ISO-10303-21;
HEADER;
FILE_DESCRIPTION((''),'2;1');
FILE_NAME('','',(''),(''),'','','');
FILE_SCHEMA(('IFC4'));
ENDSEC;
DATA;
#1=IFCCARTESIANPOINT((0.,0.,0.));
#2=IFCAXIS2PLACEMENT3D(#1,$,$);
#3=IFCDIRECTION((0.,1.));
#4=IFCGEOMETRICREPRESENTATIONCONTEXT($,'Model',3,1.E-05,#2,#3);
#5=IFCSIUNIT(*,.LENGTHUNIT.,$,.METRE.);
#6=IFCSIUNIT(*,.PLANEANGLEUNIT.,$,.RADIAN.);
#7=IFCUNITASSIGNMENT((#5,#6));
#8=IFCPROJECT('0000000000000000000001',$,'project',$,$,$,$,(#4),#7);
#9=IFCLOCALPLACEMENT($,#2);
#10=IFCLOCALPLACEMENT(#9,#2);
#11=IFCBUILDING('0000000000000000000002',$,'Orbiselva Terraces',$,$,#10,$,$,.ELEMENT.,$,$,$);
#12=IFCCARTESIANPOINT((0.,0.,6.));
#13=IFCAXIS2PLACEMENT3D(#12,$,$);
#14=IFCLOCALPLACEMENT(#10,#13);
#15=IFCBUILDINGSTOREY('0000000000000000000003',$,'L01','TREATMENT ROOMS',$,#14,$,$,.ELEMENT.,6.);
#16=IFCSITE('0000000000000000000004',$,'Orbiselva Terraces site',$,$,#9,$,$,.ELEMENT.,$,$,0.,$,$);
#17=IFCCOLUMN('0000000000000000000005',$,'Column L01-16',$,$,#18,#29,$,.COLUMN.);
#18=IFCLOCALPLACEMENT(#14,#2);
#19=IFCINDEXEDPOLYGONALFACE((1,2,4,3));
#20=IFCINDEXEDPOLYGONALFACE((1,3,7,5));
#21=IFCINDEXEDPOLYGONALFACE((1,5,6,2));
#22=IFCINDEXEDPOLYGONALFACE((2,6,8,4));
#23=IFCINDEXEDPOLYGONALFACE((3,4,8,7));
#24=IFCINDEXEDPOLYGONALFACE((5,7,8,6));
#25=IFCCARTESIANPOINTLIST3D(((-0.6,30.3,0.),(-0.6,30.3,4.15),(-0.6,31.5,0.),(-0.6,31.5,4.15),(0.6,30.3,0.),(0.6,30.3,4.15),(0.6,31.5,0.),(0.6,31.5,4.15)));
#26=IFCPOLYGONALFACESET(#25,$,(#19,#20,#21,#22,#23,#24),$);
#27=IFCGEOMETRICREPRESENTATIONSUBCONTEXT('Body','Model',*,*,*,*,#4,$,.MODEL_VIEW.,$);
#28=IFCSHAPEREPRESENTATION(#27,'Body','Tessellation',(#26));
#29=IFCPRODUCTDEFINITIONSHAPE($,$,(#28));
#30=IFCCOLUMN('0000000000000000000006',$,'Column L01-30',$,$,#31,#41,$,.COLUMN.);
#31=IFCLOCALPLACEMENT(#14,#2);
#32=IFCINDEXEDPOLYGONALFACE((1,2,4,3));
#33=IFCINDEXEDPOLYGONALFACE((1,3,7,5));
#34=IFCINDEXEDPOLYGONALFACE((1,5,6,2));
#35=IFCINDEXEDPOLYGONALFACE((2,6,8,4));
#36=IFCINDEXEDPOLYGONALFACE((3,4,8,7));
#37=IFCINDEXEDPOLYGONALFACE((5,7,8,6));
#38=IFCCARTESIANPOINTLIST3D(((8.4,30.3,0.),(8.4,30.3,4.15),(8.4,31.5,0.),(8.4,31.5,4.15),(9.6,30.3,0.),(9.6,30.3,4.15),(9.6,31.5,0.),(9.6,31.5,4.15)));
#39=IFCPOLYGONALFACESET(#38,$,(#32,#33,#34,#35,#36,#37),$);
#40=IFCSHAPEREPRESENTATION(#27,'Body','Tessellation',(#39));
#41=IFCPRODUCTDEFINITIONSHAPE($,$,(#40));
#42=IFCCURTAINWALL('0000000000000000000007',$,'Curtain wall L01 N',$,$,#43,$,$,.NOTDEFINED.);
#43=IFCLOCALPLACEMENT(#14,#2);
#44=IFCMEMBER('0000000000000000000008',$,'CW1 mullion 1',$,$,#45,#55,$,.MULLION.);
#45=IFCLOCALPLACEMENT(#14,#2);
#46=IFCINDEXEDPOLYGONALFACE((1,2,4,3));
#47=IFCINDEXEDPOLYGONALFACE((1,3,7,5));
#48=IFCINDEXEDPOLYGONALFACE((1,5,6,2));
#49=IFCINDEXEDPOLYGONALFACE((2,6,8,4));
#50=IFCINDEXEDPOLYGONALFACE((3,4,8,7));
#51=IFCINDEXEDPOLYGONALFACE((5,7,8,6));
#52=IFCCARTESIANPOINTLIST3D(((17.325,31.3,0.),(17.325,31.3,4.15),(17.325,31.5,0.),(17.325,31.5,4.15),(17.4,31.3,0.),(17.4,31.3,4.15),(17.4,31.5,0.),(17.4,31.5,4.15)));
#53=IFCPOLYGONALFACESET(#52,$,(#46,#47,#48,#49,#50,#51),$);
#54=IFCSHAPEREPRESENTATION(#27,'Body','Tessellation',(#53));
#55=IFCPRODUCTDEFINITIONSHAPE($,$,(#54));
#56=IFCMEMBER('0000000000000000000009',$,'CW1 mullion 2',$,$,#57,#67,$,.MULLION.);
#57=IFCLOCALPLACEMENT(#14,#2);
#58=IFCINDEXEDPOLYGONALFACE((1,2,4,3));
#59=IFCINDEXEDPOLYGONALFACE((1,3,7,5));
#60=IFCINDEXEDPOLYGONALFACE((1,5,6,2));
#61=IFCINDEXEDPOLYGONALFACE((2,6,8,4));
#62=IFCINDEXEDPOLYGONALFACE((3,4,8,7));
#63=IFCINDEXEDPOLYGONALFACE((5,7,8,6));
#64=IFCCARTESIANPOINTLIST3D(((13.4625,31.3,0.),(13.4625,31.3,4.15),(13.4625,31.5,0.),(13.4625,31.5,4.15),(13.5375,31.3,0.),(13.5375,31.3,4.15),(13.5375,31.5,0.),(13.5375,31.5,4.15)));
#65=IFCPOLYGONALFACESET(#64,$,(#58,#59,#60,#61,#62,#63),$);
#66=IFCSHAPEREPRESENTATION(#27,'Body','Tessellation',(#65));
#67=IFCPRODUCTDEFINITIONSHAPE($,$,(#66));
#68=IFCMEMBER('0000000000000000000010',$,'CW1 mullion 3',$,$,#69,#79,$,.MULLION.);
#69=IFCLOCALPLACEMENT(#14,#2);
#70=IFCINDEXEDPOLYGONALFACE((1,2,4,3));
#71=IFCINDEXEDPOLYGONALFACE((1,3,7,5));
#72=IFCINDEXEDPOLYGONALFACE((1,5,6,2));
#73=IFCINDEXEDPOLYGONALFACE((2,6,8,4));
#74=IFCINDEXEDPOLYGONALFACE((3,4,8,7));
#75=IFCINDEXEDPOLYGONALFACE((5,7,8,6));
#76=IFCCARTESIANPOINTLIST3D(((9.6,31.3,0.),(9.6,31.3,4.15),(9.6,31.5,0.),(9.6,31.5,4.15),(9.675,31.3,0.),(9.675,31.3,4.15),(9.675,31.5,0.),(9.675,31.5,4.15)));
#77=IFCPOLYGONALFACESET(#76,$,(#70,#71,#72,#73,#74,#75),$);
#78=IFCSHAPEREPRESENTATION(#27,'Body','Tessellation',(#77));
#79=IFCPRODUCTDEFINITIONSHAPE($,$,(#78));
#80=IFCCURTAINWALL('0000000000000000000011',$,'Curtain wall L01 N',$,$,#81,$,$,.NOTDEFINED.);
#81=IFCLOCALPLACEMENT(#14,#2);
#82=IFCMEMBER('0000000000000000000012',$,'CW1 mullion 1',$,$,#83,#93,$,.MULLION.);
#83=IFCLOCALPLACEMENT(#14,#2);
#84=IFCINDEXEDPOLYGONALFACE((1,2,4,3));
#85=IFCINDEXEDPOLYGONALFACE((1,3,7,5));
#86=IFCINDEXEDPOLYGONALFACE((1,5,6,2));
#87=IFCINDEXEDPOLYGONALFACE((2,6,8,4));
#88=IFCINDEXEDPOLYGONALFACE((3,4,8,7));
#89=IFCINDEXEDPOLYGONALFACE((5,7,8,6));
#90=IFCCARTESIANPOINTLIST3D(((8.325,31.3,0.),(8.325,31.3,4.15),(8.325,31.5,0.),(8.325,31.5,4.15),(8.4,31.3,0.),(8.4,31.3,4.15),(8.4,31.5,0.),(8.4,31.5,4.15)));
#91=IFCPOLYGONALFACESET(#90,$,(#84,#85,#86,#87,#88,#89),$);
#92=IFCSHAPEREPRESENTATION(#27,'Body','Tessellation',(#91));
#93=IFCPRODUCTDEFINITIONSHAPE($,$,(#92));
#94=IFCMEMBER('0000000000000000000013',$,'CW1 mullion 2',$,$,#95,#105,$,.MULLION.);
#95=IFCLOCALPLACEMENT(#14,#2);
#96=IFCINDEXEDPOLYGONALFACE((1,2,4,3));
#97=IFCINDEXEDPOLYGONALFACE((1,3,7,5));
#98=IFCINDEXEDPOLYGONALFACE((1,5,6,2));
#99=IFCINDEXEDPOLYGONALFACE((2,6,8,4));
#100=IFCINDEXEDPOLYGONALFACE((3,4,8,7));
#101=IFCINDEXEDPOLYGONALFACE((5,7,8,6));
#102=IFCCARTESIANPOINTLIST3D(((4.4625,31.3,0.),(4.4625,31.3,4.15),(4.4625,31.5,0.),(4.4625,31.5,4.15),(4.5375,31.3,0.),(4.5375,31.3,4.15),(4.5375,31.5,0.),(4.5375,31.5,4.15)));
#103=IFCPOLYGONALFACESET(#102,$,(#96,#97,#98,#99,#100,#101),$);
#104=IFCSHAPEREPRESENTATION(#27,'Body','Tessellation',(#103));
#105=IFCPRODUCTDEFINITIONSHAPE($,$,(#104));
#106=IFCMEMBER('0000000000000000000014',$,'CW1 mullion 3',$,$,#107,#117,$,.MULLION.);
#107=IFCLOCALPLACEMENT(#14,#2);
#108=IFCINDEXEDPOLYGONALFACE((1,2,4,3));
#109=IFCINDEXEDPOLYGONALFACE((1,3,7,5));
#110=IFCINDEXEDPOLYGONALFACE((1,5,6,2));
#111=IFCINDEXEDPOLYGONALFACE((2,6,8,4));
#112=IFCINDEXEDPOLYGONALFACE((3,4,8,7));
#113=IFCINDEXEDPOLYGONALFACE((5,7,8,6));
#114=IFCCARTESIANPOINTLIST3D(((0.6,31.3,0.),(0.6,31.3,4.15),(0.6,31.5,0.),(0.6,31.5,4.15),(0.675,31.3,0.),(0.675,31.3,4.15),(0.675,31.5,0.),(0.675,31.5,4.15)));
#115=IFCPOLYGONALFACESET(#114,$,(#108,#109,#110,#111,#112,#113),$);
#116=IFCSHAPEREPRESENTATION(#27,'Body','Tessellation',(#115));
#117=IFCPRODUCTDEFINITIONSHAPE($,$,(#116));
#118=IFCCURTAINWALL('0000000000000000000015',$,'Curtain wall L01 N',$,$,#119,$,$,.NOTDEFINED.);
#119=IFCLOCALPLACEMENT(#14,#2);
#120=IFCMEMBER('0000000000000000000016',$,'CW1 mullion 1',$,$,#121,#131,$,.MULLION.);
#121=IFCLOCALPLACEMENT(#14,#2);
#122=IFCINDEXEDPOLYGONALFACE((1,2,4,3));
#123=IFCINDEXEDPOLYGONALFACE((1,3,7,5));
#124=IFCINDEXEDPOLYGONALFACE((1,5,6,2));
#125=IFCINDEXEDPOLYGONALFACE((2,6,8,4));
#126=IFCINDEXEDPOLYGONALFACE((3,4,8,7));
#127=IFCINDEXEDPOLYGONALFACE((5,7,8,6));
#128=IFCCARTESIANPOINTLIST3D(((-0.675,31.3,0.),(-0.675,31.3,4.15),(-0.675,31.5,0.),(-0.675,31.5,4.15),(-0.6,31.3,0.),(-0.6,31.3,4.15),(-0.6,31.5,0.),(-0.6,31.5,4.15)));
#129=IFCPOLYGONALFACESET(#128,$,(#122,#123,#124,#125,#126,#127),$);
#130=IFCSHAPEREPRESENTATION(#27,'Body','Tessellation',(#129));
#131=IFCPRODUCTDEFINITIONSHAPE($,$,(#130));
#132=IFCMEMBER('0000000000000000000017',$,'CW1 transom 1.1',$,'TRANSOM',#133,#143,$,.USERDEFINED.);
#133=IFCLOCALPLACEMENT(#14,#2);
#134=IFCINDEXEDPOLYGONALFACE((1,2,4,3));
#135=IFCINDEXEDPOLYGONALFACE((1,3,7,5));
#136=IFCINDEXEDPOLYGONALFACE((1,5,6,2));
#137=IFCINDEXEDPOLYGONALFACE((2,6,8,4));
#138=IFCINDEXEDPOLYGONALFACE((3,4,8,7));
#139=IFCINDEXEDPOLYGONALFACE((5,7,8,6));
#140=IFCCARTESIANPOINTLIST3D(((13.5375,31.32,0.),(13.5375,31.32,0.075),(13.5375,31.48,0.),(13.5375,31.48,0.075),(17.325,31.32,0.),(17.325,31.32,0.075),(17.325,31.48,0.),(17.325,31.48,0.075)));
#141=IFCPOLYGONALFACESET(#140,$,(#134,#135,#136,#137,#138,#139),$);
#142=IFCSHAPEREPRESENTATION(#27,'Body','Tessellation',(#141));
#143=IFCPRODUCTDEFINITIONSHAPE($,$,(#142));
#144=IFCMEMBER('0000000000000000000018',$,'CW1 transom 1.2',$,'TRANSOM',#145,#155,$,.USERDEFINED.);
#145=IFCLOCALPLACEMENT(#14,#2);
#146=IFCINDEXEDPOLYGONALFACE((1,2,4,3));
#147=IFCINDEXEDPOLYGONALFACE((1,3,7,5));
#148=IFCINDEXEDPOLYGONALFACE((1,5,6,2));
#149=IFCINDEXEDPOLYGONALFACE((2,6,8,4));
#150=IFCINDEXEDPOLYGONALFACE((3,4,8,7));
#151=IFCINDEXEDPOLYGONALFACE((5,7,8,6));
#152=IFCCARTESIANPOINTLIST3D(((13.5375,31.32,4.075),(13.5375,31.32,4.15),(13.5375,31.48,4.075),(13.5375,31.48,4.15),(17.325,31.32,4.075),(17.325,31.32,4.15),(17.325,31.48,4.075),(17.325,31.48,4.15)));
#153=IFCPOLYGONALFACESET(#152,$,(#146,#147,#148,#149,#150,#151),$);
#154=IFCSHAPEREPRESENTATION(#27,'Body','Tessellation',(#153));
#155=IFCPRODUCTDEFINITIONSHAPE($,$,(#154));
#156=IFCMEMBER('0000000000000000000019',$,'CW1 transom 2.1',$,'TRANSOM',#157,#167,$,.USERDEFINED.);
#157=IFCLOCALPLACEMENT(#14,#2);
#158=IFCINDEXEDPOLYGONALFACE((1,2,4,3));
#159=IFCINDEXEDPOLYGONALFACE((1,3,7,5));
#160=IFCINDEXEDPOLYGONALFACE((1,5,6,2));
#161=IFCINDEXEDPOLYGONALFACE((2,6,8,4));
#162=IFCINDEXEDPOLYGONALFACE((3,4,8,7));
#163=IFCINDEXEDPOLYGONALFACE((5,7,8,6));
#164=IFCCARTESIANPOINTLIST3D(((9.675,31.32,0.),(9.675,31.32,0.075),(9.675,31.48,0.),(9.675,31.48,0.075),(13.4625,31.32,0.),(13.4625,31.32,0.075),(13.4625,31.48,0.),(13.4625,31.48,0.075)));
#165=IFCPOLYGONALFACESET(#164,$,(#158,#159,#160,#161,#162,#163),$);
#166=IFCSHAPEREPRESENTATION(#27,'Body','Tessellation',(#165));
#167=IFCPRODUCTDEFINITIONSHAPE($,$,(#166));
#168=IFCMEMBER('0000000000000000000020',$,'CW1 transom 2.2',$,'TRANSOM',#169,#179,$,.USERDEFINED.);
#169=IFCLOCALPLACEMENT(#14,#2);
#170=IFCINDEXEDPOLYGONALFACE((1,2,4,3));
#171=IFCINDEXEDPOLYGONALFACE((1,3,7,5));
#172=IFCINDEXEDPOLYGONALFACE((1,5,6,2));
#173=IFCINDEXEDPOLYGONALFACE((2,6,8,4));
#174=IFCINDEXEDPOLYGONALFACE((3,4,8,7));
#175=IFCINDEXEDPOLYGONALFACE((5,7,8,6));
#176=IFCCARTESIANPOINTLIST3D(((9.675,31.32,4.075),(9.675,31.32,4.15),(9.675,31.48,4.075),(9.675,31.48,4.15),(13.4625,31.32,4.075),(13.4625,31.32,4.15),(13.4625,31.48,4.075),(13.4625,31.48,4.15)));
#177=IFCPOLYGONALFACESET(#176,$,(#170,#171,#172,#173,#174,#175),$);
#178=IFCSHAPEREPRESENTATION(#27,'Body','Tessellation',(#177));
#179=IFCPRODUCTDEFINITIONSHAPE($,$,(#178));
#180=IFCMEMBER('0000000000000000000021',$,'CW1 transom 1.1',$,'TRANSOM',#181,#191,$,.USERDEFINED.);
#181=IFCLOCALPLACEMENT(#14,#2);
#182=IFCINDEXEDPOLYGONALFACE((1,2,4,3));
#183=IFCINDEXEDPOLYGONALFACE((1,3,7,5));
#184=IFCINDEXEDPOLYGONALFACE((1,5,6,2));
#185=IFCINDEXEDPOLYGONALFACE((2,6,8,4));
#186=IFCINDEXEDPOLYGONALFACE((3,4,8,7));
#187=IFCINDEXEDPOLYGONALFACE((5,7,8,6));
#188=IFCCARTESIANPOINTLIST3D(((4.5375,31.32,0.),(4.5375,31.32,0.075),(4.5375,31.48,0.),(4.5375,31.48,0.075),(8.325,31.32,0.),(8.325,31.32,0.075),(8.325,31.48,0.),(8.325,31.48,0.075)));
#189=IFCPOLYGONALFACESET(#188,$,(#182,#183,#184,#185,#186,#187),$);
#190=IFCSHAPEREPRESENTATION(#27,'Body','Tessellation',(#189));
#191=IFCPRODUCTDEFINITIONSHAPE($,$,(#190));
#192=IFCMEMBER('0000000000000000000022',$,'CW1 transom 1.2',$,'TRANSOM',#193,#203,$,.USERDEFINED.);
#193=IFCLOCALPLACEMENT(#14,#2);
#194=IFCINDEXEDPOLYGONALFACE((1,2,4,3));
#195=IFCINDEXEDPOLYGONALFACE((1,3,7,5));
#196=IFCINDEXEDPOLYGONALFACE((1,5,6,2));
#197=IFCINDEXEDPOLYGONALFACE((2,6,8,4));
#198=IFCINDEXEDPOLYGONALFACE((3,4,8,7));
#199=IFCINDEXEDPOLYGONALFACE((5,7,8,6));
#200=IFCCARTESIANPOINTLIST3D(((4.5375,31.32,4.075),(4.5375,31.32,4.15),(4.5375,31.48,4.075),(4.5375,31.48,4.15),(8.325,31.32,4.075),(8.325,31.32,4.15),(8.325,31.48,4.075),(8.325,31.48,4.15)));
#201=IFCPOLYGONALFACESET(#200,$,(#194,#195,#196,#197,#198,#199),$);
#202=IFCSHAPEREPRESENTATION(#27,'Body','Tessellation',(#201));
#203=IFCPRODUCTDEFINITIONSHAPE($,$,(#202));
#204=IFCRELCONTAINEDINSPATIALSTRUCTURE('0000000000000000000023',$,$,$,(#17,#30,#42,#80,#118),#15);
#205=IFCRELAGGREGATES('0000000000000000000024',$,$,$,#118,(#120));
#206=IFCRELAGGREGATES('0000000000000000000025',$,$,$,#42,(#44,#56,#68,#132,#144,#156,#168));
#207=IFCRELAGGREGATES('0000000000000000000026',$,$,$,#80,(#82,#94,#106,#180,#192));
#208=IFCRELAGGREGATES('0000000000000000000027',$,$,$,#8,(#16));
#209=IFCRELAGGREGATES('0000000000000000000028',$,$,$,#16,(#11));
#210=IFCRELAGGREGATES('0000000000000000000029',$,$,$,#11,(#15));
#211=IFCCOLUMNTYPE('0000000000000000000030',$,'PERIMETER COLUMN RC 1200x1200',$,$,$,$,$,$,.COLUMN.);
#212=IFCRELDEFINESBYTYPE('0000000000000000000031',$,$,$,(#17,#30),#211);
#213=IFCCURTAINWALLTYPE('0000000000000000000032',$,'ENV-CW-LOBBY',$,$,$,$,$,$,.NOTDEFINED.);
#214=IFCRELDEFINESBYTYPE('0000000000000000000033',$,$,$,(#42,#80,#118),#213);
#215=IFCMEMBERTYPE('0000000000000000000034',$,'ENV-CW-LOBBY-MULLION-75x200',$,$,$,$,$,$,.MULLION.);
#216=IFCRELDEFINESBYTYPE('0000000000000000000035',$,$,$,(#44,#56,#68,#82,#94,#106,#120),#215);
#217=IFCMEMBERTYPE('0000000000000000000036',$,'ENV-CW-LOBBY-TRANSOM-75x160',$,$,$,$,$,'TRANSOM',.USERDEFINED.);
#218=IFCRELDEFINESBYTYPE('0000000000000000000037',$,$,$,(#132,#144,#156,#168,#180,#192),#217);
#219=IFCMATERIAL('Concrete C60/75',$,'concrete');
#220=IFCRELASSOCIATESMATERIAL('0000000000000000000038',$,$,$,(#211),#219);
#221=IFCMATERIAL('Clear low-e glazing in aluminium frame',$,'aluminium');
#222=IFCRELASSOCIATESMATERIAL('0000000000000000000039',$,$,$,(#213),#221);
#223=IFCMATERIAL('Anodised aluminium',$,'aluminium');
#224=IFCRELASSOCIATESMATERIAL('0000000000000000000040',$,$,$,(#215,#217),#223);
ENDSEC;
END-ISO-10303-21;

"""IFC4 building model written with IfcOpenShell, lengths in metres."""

from ifc_helpers import new_model, si_unit, direction, frame, origin, origin_2d, place, context, subcontext, project, spatial, rectangle, extrude, material, material_profile, profile_set, type_object, element, aggregate, save


model = new_model("IFC4")

# Units and contexts
model_context = context("Model", 3, precision=1e-05, world=origin(), true_north=direction((0.0, 1.0)))
body_context = subcontext(model_context, "Body", "Model", "MODEL_VIEW")
ifc_project = project(units=[si_unit("LENGTHUNIT", "METRE"), si_unit("PLANEANGLEUNIT", "RADIAN")], contexts=[model_context])

# Site, building, storey
site_placement = place(None, origin())
site = spatial("IfcSite", under=ifc_project, at=site_placement, Name="Orbiselva Terraces site", CompositionType="ELEMENT", RefElevation=0.0)
building_placement = place(site_placement, origin())
building = spatial("IfcBuilding", under=site, at=building_placement, Name="Orbiselva Terraces", CompositionType="ELEMENT")
storey_placement = place(building_placement, frame((0.0, 0.0, 6.0)))
storey = spatial("IfcBuildingStorey", under=building, at=storey_placement, Name="L01", Description="TREATMENT ROOMS", CompositionType="ELEMENT", Elevation=6.0)

# Columns
ifc_material_1 = material(Name="Concrete C60/75", Category="concrete")
ifc_material_profile_1 = material_profile(ifc_material_1, rectangle(XDim=1.2, YDim=1.2, at=origin_2d()), Name="RC 1200x1200")
ifc_profile_set_1 = profile_set([ifc_material_profile_1], Name="Concrete C60/75")
column_type = type_object("IfcColumnType", Name="PERIMETER COLUMN RC 1200x1200", PredefinedType="COLUMN", material=ifc_profile_set_1)
for number, where, z_axis, x_axis, name in (
    (1, (0.0, 30.9, 0.0), (0.0, 0.0, 1.0), (1.0, 0.0, 0.0), "Column L01-16"),
    (2, (9.0, 30.9, 0.0), (0.0, 0.0, 1.0), (1.0, 0.0, 0.0), "Column L01-30"),
):
    element("IfcColumn", number, at=place(storey_placement, frame(where, z_axis=z_axis, x_axis=x_axis)), inside=storey, type_object=column_type, Name=name, PredefinedType="COLUMN", context=body_context, shape_type="SweptSolid", body=[
        extrude(rectangle(XDim=1.2, YDim=1.2, at=origin_2d()), origin(), (0.0, 0.0, 1.0), 4.15),
    ])

# Curtain walls, members
ifc_material_2 = material(Name="Clear low-e glazing in aluminium frame", Category="aluminium")
curtain_wall_type = type_object("IfcCurtainWallType", Name="ENV-CW-LOBBY", PredefinedType="NOTDEFINED", material=ifc_material_2)
curtain_wall_1_placement = place(storey_placement, origin())
curtain_wall_1 = element("IfcCurtainWall", 3, at=curtain_wall_1_placement, inside=storey, type_object=curtain_wall_type, Name="Curtain wall L01 N", PredefinedType="NOTDEFINED")
ifc_material_3 = material(Name="Anodised aluminium", Category="aluminium")
ifc_material_profile_2 = material_profile(ifc_material_3, rectangle(XDim=0.2, YDim=0.075, at=origin_2d()), Name="AL 75x200")
ifc_profile_set_2 = profile_set([ifc_material_profile_2], Name="Anodised aluminium")
member_type_1 = type_object("IfcMemberType", Name="ENV-CW-LOBBY-MULLION-75x200", PredefinedType="MULLION", material=ifc_profile_set_2)
member_1_placement = place(storey_placement, frame((17.3625, 31.4, 0.0), z_axis=(0.0, 0.0, 1.0), x_axis=(0.0, -1.0, 0.0)))
member_1 = element("IfcMember", 4, at=member_1_placement, type_object=member_type_1, Name="CW1 mullion 1", PredefinedType="MULLION", context=body_context, shape_type="SweptSolid", body=[
    extrude(rectangle(XDim=0.2, YDim=0.075, at=origin_2d()), origin(), (0.0, 0.0, 1.0), 4.15),
])
member_2_placement = place(storey_placement, frame((13.5, 31.4, 0.0), z_axis=(0.0, 0.0, 1.0), x_axis=(0.0, -1.0, 0.0)))
member_2 = element("IfcMember", 5, at=member_2_placement, type_object=member_type_1, Name="CW1 mullion 2", PredefinedType="MULLION", context=body_context, shape_type="SweptSolid", body=[
    extrude(rectangle(XDim=0.2, YDim=0.075, at=origin_2d()), origin(), (0.0, 0.0, 1.0), 4.15),
])
member_3_placement = place(storey_placement, frame((9.6375, 31.4, 0.0), z_axis=(0.0, 0.0, 1.0), x_axis=(0.0, -1.0, 0.0)))
member_3 = element("IfcMember", 6, at=member_3_placement, type_object=member_type_1, Name="CW1 mullion 3", PredefinedType="MULLION", context=body_context, shape_type="SweptSolid", body=[
    extrude(rectangle(XDim=0.2, YDim=0.075, at=origin_2d()), origin(), (0.0, 0.0, 1.0), 4.15),
])
curtain_wall_2_placement = place(storey_placement, origin())
curtain_wall_2 = element("IfcCurtainWall", 7, at=curtain_wall_2_placement, inside=storey, type_object=curtain_wall_type, Name="Curtain wall L01 N", PredefinedType="NOTDEFINED")
member_4_placement = place(storey_placement, frame((8.3625, 31.4, 0.0), z_axis=(0.0, 0.0, 1.0), x_axis=(0.0, -1.0, 0.0)))
member_4 = element("IfcMember", 8, at=member_4_placement, type_object=member_type_1, Name="CW1 mullion 1", PredefinedType="MULLION", context=body_context, shape_type="SweptSolid", body=[
    extrude(rectangle(XDim=0.2, YDim=0.075, at=origin_2d()), origin(), (0.0, 0.0, 1.0), 4.15),
])
member_5_placement = place(storey_placement, frame((4.5, 31.4, 0.0), z_axis=(0.0, 0.0, 1.0), x_axis=(0.0, -1.0, 0.0)))
member_5 = element("IfcMember", 9, at=member_5_placement, type_object=member_type_1, Name="CW1 mullion 2", PredefinedType="MULLION", context=body_context, shape_type="SweptSolid", body=[
    extrude(rectangle(XDim=0.2, YDim=0.075, at=origin_2d()), origin(), (0.0, 0.0, 1.0), 4.15),
])
member_6_placement = place(storey_placement, frame((0.6375, 31.4, 0.0), z_axis=(0.0, 0.0, 1.0), x_axis=(0.0, -1.0, 0.0)))
member_6 = element("IfcMember", 10, at=member_6_placement, type_object=member_type_1, Name="CW1 mullion 3", PredefinedType="MULLION", context=body_context, shape_type="SweptSolid", body=[
    extrude(rectangle(XDim=0.2, YDim=0.075, at=origin_2d()), origin(), (0.0, 0.0, 1.0), 4.15),
])

# Curtain wall, member
curtain_wall_3_placement = place(storey_placement, origin())
curtain_wall_3 = element("IfcCurtainWall", 11, at=curtain_wall_3_placement, inside=storey, type_object=curtain_wall_type, Name="Curtain wall L01 N", PredefinedType="NOTDEFINED")
member_7_placement = place(storey_placement, frame((-0.6375, 31.4, 0.0), z_axis=(0.0, 0.0, 1.0), x_axis=(0.0, -1.0, 0.0)))
member_7 = element("IfcMember", 12, at=member_7_placement, type_object=member_type_1, Name="CW1 mullion 1", PredefinedType="MULLION", context=body_context, shape_type="SweptSolid", body=[
    extrude(rectangle(XDim=0.2, YDim=0.075, at=origin_2d()), origin(), (0.0, 0.0, 1.0), 4.15),
])

# Members
ifc_material_profile_3 = material_profile(ifc_material_3, rectangle(XDim=0.16, YDim=0.075, at=origin_2d()), Name="AL 75x160")
ifc_profile_set_3 = profile_set([ifc_material_profile_3], Name="Anodised aluminium")
member_type_2 = type_object("IfcMemberType", Name="ENV-CW-LOBBY-TRANSOM-75x160", ElementType="TRANSOM", PredefinedType="USERDEFINED", material=ifc_profile_set_3)
member_8_placement = place(storey_placement, frame((17.325, 31.4, 0.0375), z_axis=(-1.0, 0.0, 0.0), x_axis=(0.0, -1.0, 0.0)))
member_8 = element("IfcMember", 13, at=member_8_placement, type_object=member_type_2, Name="CW1 transom 1.1", ObjectType="TRANSOM", PredefinedType="USERDEFINED", context=body_context, shape_type="SweptSolid", body=[
    extrude(rectangle(XDim=0.16, YDim=0.075, at=origin_2d()), origin(), (0.0, 0.0, 1.0), 3.7875),
])
member_9_placement = place(storey_placement, frame((17.325, 31.4, 4.1125), z_axis=(-1.0, 0.0, 0.0), x_axis=(0.0, -1.0, 0.0)))
member_9 = element("IfcMember", 14, at=member_9_placement, type_object=member_type_2, Name="CW1 transom 1.2", ObjectType="TRANSOM", PredefinedType="USERDEFINED", context=body_context, shape_type="SweptSolid", body=[
    extrude(rectangle(XDim=0.16, YDim=0.075, at=origin_2d()), origin(), (0.0, 0.0, 1.0), 3.7875),
])
member_10_placement = place(storey_placement, frame((13.4625, 31.4, 0.0375), z_axis=(-1.0, 0.0, 0.0), x_axis=(0.0, -1.0, 0.0)))
member_10 = element("IfcMember", 15, at=member_10_placement, type_object=member_type_2, Name="CW1 transom 2.1", ObjectType="TRANSOM", PredefinedType="USERDEFINED", context=body_context, shape_type="SweptSolid", body=[
    extrude(rectangle(XDim=0.16, YDim=0.075, at=origin_2d()), origin(), (0.0, 0.0, 1.0), 3.7875),
])
member_11_placement = place(storey_placement, frame((13.4625, 31.4, 4.1125), z_axis=(-1.0, 0.0, 0.0), x_axis=(0.0, -1.0, 0.0)))
member_11 = element("IfcMember", 16, at=member_11_placement, type_object=member_type_2, Name="CW1 transom 2.2", ObjectType="TRANSOM", PredefinedType="USERDEFINED", context=body_context, shape_type="SweptSolid", body=[
    extrude(rectangle(XDim=0.16, YDim=0.075, at=origin_2d()), origin(), (0.0, 0.0, 1.0), 3.7875),
])
member_12_placement = place(storey_placement, frame((8.325, 31.4, 0.0375), z_axis=(-1.0, 0.0, 0.0), x_axis=(0.0, -1.0, 0.0)))
member_12 = element("IfcMember", 17, at=member_12_placement, type_object=member_type_2, Name="CW1 transom 1.1", ObjectType="TRANSOM", PredefinedType="USERDEFINED", context=body_context, shape_type="SweptSolid", body=[
    extrude(rectangle(XDim=0.16, YDim=0.075, at=origin_2d()), origin(), (0.0, 0.0, 1.0), 3.7875),
])
member_13_placement = place(storey_placement, frame((8.325, 31.4, 4.1125), z_axis=(-1.0, 0.0, 0.0), x_axis=(0.0, -1.0, 0.0)))
member_13 = element("IfcMember", 18, at=member_13_placement, type_object=member_type_2, Name="CW1 transom 1.2", ObjectType="TRANSOM", PredefinedType="USERDEFINED", context=body_context, shape_type="SweptSolid", body=[
    extrude(rectangle(XDim=0.16, YDim=0.075, at=origin_2d()), origin(), (0.0, 0.0, 1.0), 3.7875),
])
aggregate(curtain_wall_3, [member_7])

aggregate(curtain_wall_1, [member_1, member_2, member_3, member_8, member_9, member_10, member_11])
aggregate(curtain_wall_2, [member_4, member_5, member_6, member_12, member_13])

save(model, "model.ifc")
